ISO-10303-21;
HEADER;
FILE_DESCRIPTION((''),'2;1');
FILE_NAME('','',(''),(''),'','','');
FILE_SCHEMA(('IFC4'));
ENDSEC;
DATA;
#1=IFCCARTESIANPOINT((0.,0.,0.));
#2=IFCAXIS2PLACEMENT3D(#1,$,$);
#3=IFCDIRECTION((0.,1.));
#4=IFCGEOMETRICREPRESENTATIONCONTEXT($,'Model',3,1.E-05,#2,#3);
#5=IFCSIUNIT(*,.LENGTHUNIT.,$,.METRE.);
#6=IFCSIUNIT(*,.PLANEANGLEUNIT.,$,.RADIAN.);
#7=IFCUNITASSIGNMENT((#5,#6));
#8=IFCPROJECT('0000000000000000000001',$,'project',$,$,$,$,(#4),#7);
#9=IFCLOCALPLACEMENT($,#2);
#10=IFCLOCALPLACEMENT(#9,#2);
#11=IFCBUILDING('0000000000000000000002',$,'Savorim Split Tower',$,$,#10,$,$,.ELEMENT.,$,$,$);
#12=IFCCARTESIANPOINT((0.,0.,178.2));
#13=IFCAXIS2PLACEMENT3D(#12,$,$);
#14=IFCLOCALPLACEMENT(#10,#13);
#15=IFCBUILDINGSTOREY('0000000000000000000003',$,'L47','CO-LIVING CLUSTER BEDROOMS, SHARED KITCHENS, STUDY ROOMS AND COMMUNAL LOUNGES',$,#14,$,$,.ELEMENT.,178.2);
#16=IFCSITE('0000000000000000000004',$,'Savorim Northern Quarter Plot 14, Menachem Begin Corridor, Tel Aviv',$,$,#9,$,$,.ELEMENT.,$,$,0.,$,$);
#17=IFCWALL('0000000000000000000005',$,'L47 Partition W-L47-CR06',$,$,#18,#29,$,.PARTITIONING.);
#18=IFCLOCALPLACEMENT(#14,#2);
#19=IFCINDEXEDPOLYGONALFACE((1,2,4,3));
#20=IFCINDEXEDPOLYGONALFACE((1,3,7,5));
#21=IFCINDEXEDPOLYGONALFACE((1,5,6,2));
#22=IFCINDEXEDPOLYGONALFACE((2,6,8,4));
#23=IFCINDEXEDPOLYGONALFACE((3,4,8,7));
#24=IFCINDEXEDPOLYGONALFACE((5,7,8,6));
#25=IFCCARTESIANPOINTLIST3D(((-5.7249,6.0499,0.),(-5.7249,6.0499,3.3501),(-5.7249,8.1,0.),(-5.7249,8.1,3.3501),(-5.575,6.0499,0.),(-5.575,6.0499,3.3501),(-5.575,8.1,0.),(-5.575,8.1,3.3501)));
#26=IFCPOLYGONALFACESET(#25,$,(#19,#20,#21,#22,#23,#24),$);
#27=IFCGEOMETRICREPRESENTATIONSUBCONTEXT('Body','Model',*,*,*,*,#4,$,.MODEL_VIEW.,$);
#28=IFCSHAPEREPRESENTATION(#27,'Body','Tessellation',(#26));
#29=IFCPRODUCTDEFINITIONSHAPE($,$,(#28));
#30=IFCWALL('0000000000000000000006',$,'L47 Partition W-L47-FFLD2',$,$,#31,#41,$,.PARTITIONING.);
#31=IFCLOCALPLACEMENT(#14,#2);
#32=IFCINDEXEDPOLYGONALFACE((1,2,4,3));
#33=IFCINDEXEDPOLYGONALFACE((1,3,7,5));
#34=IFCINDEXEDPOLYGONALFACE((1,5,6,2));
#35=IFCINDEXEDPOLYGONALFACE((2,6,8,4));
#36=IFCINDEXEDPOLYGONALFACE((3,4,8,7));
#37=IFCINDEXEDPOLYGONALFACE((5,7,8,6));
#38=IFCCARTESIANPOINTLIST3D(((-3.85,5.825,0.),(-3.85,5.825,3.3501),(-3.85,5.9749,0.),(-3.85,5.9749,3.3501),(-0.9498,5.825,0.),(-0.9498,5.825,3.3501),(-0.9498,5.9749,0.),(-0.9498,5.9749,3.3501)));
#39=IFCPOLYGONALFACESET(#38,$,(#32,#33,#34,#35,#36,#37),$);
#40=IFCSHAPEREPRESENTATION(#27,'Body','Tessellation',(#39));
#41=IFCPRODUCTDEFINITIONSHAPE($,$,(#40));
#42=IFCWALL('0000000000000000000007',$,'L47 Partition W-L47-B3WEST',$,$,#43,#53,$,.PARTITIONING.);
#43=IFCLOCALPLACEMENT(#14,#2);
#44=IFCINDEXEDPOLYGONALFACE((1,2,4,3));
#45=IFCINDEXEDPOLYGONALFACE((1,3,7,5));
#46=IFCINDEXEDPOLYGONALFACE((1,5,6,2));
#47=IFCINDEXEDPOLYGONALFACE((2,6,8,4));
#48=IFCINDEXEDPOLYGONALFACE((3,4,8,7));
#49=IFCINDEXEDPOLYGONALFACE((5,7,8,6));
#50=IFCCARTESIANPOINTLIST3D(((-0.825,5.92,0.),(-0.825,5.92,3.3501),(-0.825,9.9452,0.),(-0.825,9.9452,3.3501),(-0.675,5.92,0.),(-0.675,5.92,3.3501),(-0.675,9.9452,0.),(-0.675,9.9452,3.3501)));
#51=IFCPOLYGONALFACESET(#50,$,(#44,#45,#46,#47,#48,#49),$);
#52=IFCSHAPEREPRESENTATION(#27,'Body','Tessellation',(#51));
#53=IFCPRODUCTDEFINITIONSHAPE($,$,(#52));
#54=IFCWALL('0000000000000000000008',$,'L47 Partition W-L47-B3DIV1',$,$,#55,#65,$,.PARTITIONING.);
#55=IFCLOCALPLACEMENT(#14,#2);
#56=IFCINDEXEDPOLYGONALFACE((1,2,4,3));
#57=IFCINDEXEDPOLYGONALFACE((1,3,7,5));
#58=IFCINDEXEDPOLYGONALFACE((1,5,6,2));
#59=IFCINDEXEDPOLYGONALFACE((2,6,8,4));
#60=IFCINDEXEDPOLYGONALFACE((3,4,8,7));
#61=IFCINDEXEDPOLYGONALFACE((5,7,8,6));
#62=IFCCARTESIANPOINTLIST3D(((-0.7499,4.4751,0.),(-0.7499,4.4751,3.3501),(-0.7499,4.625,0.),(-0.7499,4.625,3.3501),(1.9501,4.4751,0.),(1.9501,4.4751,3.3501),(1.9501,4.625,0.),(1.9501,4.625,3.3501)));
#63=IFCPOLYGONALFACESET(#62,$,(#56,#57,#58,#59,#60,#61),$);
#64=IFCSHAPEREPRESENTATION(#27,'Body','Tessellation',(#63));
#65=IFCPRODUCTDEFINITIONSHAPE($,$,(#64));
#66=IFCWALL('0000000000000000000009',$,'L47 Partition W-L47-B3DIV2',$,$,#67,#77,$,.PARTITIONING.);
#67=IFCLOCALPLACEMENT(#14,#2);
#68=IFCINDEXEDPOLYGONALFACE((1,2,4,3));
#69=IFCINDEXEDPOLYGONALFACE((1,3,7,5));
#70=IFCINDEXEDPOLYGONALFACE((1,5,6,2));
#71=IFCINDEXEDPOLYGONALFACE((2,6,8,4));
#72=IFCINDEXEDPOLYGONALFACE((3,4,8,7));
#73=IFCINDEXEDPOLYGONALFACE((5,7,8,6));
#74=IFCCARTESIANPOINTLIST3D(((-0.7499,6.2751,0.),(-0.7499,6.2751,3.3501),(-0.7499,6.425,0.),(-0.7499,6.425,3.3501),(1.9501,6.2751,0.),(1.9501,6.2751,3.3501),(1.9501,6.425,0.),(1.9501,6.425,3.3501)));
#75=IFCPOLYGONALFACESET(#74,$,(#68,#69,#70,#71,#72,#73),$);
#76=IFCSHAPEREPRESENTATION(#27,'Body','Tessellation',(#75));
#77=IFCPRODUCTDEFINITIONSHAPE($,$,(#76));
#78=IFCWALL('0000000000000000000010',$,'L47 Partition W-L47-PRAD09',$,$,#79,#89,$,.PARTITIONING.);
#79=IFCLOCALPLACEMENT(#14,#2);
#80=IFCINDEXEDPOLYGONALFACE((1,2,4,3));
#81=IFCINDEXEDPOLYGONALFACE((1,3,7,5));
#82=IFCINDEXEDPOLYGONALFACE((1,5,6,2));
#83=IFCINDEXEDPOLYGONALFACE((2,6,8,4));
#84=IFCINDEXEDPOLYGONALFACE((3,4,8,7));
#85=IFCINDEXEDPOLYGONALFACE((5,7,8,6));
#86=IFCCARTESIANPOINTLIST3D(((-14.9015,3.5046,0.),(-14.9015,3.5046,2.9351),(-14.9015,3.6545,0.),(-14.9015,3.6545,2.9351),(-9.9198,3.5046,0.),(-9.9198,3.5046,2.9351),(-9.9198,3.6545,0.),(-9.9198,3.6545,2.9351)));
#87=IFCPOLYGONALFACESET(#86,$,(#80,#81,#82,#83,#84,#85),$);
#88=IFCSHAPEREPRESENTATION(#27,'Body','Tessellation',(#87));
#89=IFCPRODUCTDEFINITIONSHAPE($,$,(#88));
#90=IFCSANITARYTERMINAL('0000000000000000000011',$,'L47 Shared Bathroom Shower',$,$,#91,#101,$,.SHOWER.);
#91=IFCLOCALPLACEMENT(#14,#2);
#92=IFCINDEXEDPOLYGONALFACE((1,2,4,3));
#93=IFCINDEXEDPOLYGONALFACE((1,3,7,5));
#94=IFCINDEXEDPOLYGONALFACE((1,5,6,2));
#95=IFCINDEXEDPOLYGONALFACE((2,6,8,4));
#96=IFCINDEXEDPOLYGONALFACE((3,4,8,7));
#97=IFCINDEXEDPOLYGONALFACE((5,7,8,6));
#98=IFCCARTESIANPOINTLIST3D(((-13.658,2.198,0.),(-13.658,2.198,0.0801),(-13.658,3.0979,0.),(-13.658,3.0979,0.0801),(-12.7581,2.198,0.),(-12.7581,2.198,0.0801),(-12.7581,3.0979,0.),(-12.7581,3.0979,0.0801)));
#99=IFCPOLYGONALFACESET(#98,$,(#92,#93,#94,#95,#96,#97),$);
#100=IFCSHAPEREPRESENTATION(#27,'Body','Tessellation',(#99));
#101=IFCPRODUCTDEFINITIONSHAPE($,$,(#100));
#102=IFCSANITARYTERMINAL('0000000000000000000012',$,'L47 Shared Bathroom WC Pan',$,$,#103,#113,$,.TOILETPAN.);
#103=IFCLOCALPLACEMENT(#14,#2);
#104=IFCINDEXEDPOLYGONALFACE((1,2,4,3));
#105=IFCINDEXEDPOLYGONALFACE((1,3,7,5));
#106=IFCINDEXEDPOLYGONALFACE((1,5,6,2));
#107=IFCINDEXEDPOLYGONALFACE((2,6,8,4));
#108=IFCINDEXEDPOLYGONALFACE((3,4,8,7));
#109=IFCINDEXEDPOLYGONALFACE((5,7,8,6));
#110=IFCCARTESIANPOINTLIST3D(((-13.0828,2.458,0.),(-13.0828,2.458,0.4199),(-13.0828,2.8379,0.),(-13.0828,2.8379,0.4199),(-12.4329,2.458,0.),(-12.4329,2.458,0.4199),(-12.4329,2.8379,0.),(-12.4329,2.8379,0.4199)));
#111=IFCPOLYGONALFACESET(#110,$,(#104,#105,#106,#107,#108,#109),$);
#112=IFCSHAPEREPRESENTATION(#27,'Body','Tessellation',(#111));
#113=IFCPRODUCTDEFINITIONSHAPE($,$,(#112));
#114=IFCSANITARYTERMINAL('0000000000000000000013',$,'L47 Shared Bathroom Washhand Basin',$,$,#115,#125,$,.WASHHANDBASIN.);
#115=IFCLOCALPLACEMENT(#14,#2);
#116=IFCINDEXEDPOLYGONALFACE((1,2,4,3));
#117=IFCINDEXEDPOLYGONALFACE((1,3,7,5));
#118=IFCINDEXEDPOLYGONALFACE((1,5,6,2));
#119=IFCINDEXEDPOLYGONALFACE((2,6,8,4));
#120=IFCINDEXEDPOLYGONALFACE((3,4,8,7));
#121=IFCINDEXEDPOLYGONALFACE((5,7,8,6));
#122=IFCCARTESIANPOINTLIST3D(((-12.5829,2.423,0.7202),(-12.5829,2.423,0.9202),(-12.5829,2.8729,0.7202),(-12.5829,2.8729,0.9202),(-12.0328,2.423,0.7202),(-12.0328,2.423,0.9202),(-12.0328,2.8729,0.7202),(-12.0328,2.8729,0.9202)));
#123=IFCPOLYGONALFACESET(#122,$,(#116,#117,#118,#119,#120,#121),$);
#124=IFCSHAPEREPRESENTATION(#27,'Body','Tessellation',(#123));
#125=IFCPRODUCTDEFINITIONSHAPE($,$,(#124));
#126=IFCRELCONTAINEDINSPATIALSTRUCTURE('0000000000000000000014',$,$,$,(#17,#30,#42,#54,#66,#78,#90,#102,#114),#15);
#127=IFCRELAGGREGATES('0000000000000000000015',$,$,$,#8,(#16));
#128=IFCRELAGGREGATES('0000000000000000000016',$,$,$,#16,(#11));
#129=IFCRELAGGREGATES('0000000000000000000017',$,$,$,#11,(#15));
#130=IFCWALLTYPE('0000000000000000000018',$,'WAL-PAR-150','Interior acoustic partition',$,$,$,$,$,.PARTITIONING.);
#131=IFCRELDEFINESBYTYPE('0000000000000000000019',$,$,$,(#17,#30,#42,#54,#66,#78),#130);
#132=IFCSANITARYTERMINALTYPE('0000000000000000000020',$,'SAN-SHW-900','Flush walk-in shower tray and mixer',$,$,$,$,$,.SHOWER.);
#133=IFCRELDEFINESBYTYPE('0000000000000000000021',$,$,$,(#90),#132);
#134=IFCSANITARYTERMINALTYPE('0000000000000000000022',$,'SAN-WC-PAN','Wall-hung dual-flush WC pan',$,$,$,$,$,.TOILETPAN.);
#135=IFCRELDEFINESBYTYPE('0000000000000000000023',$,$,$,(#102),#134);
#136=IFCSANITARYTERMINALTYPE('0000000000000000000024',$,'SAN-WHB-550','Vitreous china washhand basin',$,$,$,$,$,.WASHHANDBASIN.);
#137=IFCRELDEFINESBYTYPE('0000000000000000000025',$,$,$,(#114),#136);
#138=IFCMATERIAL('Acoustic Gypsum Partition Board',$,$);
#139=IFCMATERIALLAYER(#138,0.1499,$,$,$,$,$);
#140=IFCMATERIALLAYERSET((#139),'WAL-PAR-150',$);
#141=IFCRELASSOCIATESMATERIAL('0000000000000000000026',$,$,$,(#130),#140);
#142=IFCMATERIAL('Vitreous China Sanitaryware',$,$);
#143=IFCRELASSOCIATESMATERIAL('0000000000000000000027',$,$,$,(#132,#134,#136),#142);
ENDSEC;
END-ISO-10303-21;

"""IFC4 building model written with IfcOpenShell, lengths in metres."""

from ifc_helpers import new_model, si_unit, direction, frame, frame_2d, origin, origin_2d, place, context, subcontext, project, spatial, rectangle, extrude, material, layer, layer_set, type_object, element, save


model = new_model("IFC4")

# Units and contexts
model_context = context("Model", 3, precision=1e-05, world=origin(), true_north=direction((0.0, 1.0)))
body_context = subcontext(model_context, "Body", "Model", "MODEL_VIEW")
ifc_project = project(units=[si_unit("LENGTHUNIT", "METRE"), si_unit("PLANEANGLEUNIT", "RADIAN")], contexts=[model_context])

# Site, building, storey
site_placement = place(None, origin())
site = spatial("IfcSite", under=ifc_project, at=site_placement, Name="Savorim Northern Quarter Plot 14, Menachem Begin Corridor, Tel Aviv", CompositionType="ELEMENT", RefElevation=0.0)
building_placement = place(site_placement, origin())
building = spatial("IfcBuilding", under=site, at=building_placement, Name="Savorim Split Tower", CompositionType="ELEMENT")
storey_placement = place(building_placement, frame((0.0, 0.0, 178.2)))
storey = spatial("IfcBuildingStorey", under=building, at=storey_placement, Name="L47", Description="CO-LIVING CLUSTER BEDROOMS, SHARED KITCHENS, STUDY ROOMS AND COMMUNAL LOUNGES", CompositionType="ELEMENT", Elevation=178.2)

# Walls
ifc_material_1 = material(Name="Acoustic Gypsum Partition Board")
ifc_layer_1 = layer(ifc_material_1, 0.1499)
ifc_layer_set_1 = layer_set([ifc_layer_1], Name="WAL-PAR-150")
wall_type_1 = type_object("IfcWallType", Name="WAL-PAR-150", Description="Interior acoustic partition", PredefinedType="PARTITIONING", material=ifc_layer_set_1)
wall_1_placement = place(storey_placement, frame((-5.6499, 6.05, 0.0), z_axis=(0.0, 0.0, 1.0), x_axis=(0.0, 1.0, 0.0)))
element("IfcWall", 1, at=wall_1_placement, inside=storey, type_object=wall_type_1, Name="L47 Partition W-L47-CR06", PredefinedType="PARTITIONING", context=body_context, shape_type="SweptSolid", body=[
    extrude(rectangle(XDim=2.05, YDim=0.1499, at=frame_2d((1.0249, 0.0))), origin(), (0.0, 0.0, 1.0), 3.3501),
])
wall_2_placement = place(storey_placement, frame((-3.8501, 5.8999, 0.0), z_axis=(0.0, 0.0, 1.0), x_axis=(1.0, 0.0, 0.0)))
element("IfcWall", 2, at=wall_2_placement, inside=storey, type_object=wall_type_1, Name="L47 Partition W-L47-FFLD2", PredefinedType="PARTITIONING", context=body_context, shape_type="SweptSolid", body=[
    extrude(rectangle(XDim=2.9001, YDim=0.1499, at=frame_2d((1.4502, 0.0))), origin(), (0.0, 0.0, 1.0), 3.3501),
])
wall_3_placement = place(storey_placement, frame((-0.75, 5.9199, 0.0), z_axis=(0.0, 0.0, 1.0), x_axis=(0.0, 1.0, 0.0)))
element("IfcWall", 3, at=wall_3_placement, inside=storey, type_object=wall_type_1, Name="L47 Partition W-L47-B3WEST", PredefinedType="PARTITIONING", context=body_context, shape_type="SweptSolid", body=[
    extrude(rectangle(XDim=4.0251, YDim=0.1499, at=frame_2d((2.0127, 0.0))), origin(), (0.0, 0.0, 1.0), 3.3501),
])
for number, where, z_axis, x_axis, name in (
    (4, (-0.75, 4.55, 0.0), (0.0, 0.0, 1.0), (1.0, 0.0, 0.0), "L47 Partition W-L47-B3DIV1"),
    (5, (-0.75, 6.3501, 0.0), (0.0, 0.0, 1.0), (1.0, 0.0, 0.0), "L47 Partition W-L47-B3DIV2"),
):
    element("IfcWall", number, at=place(storey_placement, frame(where, z_axis=z_axis, x_axis=x_axis)), inside=storey, type_object=wall_type_1, Name=name, PredefinedType="PARTITIONING", context=body_context, shape_type="SweptSolid", body=[
        extrude(rectangle(XDim=2.7, YDim=0.1499, at=frame_2d((1.3501, 0.0))), origin(), (0.0, 0.0, 1.0), 3.3501),
    ])
wall_4_placement = place(storey_placement, frame((-9.9199, 3.5796, 0.0), z_axis=(0.0, 0.0, 1.0), x_axis=(-1.0, 0.0, 0.0)))
element("IfcWall", 6, at=wall_4_placement, inside=storey, type_object=wall_type_1, Name="L47 Partition W-L47-PRAD09", PredefinedType="PARTITIONING", context=body_context, shape_type="SweptSolid", body=[
    extrude(rectangle(XDim=4.9817, YDim=0.1499, at=frame_2d((2.4907, 0.0))), origin(), (0.0, 0.0, 1.0), 2.9351),
])

# Sanitary terminals
ifc_material_2 = material(Name="Vitreous China Sanitaryware")
sanitary_terminal_type_1 = type_object("IfcSanitaryTerminalType", Name="SAN-SHW-900", Description="Flush walk-in shower tray and mixer", PredefinedType="SHOWER", material=ifc_material_2)
sanitary_terminal_1_placement = place(storey_placement, frame((-13.208, 2.6479, 0.0), z_axis=(0.0, 0.0, 1.0), x_axis=(1.0, 0.0, 0.0)))
element("IfcSanitaryTerminal", 7, at=sanitary_terminal_1_placement, inside=storey, type_object=sanitary_terminal_type_1, Name="L47 Shared Bathroom Shower", PredefinedType="SHOWER", context=body_context, shape_type="SweptSolid", body=[
    extrude(rectangle(XDim=0.8999, YDim=0.8999, at=origin_2d()), origin(), (0.0, 0.0, 1.0), 0.0801),
])
sanitary_terminal_type_2 = type_object("IfcSanitaryTerminalType", Name="SAN-WC-PAN", Description="Wall-hung dual-flush WC pan", PredefinedType="TOILETPAN", material=ifc_material_2)
sanitary_terminal_2_placement = place(storey_placement, frame((-12.7578, 2.6479, 0.0), z_axis=(0.0, 0.0, 1.0), x_axis=(1.0, 0.0, 0.0)))
element("IfcSanitaryTerminal", 8, at=sanitary_terminal_2_placement, inside=storey, type_object=sanitary_terminal_type_2, Name="L47 Shared Bathroom WC Pan", PredefinedType="TOILETPAN", context=body_context, shape_type="SweptSolid", body=[
    extrude(rectangle(XDim=0.6499, YDim=0.3799, at=origin_2d()), origin(), (0.0, 0.0, 1.0), 0.4199),
])
sanitary_terminal_type_3 = type_object("IfcSanitaryTerminalType", Name="SAN-WHB-550", Description="Vitreous china washhand basin", PredefinedType="WASHHANDBASIN", material=ifc_material_2)
sanitary_terminal_3_placement = place(storey_placement, frame((-12.3079, 2.6479, 0.7202), z_axis=(0.0, 0.0, 1.0), x_axis=(1.0, 0.0, 0.0)))
element("IfcSanitaryTerminal", 9, at=sanitary_terminal_3_placement, inside=storey, type_object=sanitary_terminal_type_3, Name="L47 Shared Bathroom Washhand Basin", PredefinedType="WASHHANDBASIN", context=body_context, shape_type="SweptSolid", body=[
    extrude(rectangle(XDim=0.55, YDim=0.45, at=origin_2d()), origin(), (0.0, 0.0, 1.0), 0.2),
])

save(model, "model.ifc")
